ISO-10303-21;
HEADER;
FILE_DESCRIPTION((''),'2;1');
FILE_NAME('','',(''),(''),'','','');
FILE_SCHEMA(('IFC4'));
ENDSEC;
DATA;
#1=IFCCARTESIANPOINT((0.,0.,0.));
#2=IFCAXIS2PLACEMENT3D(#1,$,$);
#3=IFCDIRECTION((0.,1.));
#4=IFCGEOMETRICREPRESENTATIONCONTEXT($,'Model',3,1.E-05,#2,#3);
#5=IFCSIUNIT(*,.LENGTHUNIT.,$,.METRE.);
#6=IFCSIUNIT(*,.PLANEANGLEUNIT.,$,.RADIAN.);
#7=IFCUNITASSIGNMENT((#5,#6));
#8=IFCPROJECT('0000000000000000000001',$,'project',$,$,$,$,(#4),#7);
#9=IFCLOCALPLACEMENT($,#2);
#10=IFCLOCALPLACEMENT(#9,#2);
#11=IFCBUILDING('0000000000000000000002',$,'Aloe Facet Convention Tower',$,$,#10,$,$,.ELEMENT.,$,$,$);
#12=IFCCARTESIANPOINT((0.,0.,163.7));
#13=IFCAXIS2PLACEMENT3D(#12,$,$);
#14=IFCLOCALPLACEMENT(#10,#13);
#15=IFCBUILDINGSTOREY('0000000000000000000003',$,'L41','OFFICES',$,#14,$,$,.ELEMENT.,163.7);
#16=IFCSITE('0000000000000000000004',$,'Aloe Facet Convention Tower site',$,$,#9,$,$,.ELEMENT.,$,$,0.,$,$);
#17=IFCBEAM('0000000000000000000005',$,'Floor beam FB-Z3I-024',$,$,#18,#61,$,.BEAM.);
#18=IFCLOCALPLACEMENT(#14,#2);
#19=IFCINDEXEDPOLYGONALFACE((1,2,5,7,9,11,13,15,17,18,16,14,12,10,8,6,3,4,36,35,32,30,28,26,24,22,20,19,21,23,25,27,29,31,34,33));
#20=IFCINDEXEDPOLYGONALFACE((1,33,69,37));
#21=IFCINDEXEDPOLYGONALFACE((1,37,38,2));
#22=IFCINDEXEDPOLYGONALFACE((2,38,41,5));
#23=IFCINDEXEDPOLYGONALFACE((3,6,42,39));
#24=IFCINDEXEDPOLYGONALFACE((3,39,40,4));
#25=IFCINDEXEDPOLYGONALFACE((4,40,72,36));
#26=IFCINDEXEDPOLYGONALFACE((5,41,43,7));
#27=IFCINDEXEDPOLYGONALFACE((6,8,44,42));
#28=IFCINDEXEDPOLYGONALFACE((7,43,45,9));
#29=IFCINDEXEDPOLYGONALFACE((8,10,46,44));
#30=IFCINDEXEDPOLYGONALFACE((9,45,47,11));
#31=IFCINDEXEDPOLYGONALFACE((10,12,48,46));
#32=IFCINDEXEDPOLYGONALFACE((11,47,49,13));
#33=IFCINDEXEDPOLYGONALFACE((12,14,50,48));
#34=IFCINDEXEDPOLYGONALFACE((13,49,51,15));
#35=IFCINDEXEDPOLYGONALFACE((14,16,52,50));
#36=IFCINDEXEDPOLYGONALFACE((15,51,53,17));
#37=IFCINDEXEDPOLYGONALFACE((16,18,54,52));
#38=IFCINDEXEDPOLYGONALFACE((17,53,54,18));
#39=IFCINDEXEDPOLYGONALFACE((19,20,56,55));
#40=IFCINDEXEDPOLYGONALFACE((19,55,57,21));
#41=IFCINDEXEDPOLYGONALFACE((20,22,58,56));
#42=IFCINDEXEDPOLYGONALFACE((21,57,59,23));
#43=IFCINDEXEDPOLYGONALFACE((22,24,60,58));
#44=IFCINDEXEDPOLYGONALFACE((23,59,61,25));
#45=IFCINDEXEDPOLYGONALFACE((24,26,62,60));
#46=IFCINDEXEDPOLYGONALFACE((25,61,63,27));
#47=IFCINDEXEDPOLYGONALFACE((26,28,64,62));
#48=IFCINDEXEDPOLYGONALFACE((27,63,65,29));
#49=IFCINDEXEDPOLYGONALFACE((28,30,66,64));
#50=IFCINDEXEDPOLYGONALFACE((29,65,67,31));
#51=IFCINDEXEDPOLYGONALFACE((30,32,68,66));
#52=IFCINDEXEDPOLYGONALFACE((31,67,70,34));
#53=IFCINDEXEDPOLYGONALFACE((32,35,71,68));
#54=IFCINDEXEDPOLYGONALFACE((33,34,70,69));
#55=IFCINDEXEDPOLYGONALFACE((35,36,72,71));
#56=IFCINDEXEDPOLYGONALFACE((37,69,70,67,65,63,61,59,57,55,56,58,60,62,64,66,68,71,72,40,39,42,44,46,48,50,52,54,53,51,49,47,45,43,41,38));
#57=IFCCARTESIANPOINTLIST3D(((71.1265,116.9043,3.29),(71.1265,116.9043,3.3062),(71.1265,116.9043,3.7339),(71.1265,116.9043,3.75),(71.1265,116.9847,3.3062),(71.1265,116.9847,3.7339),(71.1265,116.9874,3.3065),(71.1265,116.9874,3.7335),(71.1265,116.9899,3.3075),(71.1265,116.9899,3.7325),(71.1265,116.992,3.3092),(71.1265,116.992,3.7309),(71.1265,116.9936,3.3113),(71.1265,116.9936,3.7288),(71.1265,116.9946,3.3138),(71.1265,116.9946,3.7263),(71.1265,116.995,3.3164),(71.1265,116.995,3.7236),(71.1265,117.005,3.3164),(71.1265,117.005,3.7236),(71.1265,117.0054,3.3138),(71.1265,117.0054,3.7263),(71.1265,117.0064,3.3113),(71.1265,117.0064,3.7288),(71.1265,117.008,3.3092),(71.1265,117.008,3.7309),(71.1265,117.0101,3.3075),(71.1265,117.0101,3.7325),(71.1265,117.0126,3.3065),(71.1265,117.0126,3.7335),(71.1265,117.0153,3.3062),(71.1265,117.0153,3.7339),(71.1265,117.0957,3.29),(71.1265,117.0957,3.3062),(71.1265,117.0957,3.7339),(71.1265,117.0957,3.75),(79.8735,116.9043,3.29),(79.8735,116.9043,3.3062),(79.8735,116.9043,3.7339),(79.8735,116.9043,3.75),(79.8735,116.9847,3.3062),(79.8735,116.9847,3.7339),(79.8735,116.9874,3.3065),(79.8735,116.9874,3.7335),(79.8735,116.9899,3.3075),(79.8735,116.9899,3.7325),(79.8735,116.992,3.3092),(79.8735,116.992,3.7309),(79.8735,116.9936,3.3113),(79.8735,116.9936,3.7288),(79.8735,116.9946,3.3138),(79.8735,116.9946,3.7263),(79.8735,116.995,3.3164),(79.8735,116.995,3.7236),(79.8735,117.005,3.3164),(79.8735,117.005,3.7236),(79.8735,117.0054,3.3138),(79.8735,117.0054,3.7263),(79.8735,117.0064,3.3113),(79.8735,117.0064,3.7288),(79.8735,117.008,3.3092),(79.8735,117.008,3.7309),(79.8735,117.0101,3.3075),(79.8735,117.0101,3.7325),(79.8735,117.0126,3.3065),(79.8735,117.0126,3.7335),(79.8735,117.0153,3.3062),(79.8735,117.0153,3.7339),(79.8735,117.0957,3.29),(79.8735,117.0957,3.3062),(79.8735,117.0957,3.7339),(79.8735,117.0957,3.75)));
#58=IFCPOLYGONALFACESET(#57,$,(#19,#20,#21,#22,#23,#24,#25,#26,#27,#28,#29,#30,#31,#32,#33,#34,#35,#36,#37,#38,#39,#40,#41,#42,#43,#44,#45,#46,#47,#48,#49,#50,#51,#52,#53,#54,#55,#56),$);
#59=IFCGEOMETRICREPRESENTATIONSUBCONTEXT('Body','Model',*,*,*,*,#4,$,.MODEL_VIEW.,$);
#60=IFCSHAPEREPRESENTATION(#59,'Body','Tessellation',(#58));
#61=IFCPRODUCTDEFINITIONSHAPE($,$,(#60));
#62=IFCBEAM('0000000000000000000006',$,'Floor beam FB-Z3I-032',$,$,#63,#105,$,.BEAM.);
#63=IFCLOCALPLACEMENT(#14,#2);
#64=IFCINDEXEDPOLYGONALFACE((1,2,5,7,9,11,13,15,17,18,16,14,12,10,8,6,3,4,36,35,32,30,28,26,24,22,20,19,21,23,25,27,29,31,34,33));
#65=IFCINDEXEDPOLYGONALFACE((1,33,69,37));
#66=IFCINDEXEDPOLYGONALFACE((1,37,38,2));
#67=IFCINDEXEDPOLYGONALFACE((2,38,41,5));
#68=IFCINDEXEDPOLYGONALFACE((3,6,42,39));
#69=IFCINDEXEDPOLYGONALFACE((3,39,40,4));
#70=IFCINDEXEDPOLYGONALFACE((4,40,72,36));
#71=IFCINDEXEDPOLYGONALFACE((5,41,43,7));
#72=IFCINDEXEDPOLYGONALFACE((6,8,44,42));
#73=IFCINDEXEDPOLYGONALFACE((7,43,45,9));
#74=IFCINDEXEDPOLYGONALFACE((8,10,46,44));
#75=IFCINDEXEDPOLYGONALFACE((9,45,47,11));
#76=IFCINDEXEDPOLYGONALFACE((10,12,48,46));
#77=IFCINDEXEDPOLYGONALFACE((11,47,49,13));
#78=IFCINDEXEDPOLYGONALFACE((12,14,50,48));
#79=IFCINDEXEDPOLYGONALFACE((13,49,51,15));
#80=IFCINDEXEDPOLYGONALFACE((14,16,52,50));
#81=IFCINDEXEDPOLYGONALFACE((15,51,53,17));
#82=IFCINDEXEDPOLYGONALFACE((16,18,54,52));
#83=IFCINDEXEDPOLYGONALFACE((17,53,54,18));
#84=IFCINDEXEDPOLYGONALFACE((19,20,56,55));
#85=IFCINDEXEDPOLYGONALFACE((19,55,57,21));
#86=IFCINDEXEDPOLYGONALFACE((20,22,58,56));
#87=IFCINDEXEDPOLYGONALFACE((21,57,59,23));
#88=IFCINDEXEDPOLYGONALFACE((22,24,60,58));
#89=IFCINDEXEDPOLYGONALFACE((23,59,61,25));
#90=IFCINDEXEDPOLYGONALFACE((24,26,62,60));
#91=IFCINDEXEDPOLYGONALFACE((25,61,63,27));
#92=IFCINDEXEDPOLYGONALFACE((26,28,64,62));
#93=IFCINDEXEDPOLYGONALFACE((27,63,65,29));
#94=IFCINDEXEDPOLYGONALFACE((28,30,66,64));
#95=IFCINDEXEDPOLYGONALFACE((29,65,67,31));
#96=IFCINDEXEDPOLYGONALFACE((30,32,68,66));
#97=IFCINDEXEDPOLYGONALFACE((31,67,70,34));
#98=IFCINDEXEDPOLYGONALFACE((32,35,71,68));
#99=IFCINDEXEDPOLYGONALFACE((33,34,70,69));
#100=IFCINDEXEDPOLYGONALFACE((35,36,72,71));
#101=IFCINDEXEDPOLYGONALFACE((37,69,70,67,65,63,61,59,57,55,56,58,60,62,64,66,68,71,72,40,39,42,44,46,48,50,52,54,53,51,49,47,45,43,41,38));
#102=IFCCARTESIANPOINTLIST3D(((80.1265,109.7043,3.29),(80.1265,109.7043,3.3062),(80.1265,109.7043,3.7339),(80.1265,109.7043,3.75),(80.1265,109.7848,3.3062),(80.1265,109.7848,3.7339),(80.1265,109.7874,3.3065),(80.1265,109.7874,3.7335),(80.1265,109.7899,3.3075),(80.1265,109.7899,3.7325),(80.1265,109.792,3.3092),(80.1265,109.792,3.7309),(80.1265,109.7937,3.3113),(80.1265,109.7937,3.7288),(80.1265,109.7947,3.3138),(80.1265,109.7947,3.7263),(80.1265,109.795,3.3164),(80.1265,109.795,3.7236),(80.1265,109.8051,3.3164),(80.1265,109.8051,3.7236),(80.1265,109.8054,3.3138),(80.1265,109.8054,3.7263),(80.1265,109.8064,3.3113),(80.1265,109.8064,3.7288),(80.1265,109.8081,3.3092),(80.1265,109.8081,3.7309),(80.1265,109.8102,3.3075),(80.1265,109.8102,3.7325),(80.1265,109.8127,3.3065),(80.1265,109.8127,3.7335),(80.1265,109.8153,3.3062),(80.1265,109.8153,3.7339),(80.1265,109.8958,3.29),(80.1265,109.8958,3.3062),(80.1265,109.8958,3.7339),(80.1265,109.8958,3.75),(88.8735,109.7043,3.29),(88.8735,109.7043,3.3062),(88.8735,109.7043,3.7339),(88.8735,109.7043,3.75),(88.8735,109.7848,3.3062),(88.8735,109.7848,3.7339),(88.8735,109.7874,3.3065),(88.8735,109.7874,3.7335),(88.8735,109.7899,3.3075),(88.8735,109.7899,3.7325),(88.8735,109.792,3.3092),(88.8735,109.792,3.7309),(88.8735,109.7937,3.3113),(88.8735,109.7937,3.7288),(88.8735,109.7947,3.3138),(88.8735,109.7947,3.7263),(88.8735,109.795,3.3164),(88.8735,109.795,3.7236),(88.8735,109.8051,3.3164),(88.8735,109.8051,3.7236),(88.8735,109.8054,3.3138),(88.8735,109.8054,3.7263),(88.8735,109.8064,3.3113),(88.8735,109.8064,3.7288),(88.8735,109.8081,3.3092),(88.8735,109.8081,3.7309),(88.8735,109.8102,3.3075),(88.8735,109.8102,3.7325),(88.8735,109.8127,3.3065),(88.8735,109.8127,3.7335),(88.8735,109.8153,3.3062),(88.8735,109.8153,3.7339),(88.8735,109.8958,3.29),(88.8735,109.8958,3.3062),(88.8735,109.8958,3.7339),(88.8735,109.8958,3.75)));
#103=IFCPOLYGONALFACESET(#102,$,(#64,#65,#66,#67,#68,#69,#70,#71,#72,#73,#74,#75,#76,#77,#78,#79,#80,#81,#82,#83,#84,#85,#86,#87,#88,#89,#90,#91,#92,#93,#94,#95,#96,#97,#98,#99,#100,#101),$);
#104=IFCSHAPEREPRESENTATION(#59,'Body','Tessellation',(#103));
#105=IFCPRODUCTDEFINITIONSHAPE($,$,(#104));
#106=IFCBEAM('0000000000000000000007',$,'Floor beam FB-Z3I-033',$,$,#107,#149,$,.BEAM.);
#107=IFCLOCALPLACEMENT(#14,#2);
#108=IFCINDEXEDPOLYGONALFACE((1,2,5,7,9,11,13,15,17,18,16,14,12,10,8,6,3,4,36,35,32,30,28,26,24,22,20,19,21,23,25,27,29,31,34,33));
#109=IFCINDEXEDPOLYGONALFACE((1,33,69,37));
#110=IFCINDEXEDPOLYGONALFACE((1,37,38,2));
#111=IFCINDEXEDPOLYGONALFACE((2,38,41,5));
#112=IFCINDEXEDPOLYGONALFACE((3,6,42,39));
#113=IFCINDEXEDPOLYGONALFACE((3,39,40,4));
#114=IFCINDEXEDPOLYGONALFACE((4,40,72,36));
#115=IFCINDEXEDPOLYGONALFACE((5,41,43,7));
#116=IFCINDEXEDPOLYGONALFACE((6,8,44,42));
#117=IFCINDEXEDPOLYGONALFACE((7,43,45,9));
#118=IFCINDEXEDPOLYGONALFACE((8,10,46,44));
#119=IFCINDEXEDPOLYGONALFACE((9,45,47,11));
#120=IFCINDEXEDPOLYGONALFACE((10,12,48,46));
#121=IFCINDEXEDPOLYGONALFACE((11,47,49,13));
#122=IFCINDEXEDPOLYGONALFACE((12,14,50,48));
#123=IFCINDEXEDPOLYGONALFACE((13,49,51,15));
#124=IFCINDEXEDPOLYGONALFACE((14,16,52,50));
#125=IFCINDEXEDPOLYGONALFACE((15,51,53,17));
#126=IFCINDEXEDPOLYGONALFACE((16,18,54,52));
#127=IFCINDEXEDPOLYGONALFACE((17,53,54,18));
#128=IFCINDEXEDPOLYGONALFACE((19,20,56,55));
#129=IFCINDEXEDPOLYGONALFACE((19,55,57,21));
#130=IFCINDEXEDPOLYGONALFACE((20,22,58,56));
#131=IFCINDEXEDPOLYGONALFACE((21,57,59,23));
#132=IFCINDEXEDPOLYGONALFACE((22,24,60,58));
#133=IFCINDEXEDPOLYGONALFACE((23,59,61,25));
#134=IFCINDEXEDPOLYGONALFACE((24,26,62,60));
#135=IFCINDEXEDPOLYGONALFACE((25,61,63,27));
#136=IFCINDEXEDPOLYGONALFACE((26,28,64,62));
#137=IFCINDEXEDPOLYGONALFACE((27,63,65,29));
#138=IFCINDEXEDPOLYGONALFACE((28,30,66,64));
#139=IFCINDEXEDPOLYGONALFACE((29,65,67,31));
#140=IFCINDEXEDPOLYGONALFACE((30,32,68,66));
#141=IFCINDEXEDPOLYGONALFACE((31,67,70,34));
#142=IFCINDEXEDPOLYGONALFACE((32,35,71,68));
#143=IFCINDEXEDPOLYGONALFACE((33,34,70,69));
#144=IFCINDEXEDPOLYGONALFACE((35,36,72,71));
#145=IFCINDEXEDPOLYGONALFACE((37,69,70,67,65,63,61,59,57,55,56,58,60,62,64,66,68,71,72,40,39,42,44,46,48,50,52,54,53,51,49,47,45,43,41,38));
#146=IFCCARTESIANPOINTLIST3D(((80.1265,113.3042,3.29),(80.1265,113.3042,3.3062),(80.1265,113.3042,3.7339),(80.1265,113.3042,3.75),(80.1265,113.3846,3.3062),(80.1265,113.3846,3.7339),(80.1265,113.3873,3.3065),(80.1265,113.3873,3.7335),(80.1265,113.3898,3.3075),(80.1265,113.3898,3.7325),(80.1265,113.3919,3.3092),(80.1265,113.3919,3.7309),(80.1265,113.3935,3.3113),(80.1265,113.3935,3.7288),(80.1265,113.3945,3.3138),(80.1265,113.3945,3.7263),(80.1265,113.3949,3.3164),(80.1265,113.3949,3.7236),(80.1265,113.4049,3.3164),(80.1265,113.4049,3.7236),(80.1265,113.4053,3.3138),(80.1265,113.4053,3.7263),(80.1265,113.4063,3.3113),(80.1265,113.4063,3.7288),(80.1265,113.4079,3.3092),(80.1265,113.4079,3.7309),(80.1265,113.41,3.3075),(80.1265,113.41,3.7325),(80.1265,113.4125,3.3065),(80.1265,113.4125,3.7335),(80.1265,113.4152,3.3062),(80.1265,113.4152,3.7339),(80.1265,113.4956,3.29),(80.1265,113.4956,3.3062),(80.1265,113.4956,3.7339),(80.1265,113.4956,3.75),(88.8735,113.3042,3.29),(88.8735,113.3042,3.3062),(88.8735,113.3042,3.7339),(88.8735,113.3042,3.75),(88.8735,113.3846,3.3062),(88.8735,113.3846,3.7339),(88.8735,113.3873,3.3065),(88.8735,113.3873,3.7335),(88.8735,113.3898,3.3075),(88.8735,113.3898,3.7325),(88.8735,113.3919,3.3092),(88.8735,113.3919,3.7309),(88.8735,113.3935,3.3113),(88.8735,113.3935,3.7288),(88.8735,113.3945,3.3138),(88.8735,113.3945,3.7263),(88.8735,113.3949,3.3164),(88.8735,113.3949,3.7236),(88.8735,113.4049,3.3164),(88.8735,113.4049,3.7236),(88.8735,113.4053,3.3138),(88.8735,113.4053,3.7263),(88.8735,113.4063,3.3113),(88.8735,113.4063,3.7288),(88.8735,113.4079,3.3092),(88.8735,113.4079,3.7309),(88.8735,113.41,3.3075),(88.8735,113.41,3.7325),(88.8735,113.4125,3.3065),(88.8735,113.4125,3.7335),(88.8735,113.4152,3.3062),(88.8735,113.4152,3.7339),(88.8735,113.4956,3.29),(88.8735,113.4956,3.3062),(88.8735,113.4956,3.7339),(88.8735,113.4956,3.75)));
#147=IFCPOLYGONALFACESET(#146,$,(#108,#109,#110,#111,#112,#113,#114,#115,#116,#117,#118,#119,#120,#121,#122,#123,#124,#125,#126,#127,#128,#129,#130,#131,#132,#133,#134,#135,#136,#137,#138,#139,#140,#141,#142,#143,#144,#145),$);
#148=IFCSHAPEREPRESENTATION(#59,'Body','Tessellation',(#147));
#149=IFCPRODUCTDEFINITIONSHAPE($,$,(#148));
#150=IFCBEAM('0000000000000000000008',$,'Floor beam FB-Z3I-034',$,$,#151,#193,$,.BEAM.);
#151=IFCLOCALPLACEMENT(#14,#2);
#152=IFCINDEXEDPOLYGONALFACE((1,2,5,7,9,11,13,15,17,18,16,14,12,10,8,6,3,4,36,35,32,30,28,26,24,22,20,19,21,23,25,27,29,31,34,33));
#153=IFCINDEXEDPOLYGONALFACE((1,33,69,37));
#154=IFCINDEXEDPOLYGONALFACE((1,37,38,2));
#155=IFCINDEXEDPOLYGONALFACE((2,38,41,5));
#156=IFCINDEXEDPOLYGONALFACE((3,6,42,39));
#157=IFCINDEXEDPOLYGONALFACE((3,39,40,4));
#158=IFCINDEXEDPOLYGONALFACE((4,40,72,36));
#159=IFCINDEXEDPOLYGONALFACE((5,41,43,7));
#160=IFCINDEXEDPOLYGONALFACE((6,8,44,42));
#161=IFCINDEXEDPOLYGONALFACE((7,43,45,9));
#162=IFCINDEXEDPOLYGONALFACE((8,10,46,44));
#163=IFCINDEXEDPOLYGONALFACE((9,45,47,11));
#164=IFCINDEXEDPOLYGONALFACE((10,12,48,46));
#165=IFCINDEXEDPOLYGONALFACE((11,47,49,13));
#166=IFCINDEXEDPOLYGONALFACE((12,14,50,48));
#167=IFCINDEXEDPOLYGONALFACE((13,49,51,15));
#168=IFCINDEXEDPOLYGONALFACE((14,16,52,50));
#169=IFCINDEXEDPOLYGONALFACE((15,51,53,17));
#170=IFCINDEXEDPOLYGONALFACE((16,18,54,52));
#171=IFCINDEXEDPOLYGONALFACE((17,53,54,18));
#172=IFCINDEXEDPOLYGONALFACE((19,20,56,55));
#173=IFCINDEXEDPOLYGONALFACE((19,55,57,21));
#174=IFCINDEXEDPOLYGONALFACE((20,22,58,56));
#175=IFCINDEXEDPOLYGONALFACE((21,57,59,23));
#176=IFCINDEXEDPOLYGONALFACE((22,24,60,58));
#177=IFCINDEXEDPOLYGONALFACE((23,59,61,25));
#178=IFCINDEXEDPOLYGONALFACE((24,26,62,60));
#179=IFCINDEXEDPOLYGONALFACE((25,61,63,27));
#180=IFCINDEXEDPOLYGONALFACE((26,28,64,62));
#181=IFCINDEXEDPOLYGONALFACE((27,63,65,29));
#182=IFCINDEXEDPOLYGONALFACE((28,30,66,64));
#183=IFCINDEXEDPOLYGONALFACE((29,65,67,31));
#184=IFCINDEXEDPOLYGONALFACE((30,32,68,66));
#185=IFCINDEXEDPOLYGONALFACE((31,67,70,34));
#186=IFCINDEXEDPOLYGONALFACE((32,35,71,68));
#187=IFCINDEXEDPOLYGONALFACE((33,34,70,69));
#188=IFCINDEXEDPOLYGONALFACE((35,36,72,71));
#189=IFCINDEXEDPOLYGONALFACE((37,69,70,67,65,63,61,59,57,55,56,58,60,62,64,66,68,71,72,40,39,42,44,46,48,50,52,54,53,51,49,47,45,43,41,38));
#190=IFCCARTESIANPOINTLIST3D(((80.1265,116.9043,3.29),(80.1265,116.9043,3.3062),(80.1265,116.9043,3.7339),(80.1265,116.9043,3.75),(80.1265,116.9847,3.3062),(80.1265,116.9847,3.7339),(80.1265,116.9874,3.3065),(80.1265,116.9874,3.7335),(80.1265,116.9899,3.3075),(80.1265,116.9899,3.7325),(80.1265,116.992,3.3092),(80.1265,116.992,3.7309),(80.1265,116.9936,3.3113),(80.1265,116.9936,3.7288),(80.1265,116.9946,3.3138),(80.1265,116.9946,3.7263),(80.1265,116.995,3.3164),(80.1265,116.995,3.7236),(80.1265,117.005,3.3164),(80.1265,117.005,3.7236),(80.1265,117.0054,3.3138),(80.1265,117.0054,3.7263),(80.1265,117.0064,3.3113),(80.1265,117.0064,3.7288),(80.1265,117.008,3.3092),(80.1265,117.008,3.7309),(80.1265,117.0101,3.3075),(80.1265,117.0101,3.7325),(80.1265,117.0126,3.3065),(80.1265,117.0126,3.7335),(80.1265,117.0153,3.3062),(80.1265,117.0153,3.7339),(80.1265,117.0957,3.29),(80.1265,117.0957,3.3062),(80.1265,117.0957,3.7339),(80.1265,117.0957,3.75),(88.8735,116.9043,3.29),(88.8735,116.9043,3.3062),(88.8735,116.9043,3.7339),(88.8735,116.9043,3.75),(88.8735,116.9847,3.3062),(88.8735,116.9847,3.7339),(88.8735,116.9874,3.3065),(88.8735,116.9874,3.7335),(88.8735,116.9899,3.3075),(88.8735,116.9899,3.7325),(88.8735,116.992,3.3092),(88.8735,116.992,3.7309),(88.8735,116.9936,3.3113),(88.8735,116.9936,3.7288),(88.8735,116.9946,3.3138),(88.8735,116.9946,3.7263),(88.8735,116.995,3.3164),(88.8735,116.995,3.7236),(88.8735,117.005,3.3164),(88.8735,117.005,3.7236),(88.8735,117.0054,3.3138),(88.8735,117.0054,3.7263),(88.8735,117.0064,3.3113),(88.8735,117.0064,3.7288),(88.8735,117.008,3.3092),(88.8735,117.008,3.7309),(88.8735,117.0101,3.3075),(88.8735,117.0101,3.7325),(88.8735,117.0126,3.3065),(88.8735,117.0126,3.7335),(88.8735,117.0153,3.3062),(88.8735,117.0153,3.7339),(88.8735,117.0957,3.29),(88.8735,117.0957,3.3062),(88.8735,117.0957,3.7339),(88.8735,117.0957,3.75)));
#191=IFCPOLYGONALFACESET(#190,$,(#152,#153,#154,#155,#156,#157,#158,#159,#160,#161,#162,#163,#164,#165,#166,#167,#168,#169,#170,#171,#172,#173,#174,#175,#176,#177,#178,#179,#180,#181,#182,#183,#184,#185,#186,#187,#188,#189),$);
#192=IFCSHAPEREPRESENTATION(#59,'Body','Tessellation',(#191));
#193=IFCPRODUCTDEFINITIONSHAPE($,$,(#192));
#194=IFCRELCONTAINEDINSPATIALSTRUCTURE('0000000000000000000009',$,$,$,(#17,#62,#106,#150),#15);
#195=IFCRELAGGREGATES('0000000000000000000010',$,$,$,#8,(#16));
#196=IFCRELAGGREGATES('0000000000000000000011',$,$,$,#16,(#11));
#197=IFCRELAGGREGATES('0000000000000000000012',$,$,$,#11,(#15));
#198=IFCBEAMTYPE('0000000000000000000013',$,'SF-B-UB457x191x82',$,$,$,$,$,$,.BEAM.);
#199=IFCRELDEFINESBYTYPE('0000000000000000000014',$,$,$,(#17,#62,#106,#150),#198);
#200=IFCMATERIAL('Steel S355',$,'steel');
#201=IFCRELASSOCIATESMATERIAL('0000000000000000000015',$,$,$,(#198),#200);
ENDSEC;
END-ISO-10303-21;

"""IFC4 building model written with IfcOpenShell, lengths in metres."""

from ifc_helpers import new_model, si_unit, direction, frame, origin, origin_2d, place, context, subcontext, project, spatial, i_section, extrude, material, material_profile, profile_set, type_object, element, save


model = new_model("IFC4")

# Units and contexts
model_context = context("Model", 3, precision=1e-05, world=origin(), true_north=direction((0.0, 1.0)))
body_context = subcontext(model_context, "Body", "Model", "MODEL_VIEW")
ifc_project = project(units=[si_unit("LENGTHUNIT", "METRE"), si_unit("PLANEANGLEUNIT", "RADIAN")], contexts=[model_context])

# Site, building, storey
site_placement = place(None, origin())
site = spatial("IfcSite", under=ifc_project, at=site_placement, Name="Aloe Facet Convention Tower site", CompositionType="ELEMENT", RefElevation=0.0)
building_placement = place(site_placement, origin())
building = spatial("IfcBuilding", under=site, at=building_placement, Name="Aloe Facet Convention Tower", CompositionType="ELEMENT")
storey_placement = place(building_placement, frame((0.0, 0.0, 163.7)))
storey = spatial("IfcBuildingStorey", under=building, at=storey_placement, Name="L41", Description="OFFICES", CompositionType="ELEMENT", Elevation=163.7)

# Beams
ifc_material_1 = material(Name="Steel S355", Category="steel")
ifc_material_profile = material_profile(ifc_material_1, i_section(OverallWidth=0.1914, OverallDepth=0.46, WebThickness=0.01, FlangeThickness=0.0161, FilletRadius=0.0103, at=origin_2d()), Name="UB 457x191x82")
ifc_profile_set = profile_set([ifc_material_profile], Name="Steel S355")
beam_type = type_object("IfcBeamType", Name="SF-B-UB457x191x82", PredefinedType="BEAM", material=ifc_profile_set)
for number, where, z_axis, x_axis, name in (
    (1, (71.1265, 117.0, 3.52), (1.0, 0.0, 0.0), (0.0, 1.0, 0.0), "Floor beam FB-Z3I-024"),
    (2, (80.1265, 109.8, 3.52), (1.0, 0.0, 0.0), (0.0, 1.0, 0.0), "Floor beam FB-Z3I-032"),
    (3, (80.1265, 113.3999, 3.52), (1.0, 0.0, 0.0), (0.0, 1.0, 0.0), "Floor beam FB-Z3I-033"),
    (4, (80.1265, 117.0, 3.52), (1.0, 0.0, 0.0), (0.0, 1.0, 0.0), "Floor beam FB-Z3I-034"),
):
    element("IfcBeam", number, at=place(storey_placement, frame(where, z_axis=z_axis, x_axis=x_axis)), inside=storey, type_object=beam_type, Name=name, PredefinedType="BEAM", context=body_context, shape_type="SweptSolid", body=[
        extrude(i_section(OverallWidth=0.1914, OverallDepth=0.46, WebThickness=0.01, FlangeThickness=0.0161, FilletRadius=0.0103, at=origin_2d()), origin(), (0.0, 0.0, 1.0), 8.7471),
    ])

save(model, "model.ifc")
